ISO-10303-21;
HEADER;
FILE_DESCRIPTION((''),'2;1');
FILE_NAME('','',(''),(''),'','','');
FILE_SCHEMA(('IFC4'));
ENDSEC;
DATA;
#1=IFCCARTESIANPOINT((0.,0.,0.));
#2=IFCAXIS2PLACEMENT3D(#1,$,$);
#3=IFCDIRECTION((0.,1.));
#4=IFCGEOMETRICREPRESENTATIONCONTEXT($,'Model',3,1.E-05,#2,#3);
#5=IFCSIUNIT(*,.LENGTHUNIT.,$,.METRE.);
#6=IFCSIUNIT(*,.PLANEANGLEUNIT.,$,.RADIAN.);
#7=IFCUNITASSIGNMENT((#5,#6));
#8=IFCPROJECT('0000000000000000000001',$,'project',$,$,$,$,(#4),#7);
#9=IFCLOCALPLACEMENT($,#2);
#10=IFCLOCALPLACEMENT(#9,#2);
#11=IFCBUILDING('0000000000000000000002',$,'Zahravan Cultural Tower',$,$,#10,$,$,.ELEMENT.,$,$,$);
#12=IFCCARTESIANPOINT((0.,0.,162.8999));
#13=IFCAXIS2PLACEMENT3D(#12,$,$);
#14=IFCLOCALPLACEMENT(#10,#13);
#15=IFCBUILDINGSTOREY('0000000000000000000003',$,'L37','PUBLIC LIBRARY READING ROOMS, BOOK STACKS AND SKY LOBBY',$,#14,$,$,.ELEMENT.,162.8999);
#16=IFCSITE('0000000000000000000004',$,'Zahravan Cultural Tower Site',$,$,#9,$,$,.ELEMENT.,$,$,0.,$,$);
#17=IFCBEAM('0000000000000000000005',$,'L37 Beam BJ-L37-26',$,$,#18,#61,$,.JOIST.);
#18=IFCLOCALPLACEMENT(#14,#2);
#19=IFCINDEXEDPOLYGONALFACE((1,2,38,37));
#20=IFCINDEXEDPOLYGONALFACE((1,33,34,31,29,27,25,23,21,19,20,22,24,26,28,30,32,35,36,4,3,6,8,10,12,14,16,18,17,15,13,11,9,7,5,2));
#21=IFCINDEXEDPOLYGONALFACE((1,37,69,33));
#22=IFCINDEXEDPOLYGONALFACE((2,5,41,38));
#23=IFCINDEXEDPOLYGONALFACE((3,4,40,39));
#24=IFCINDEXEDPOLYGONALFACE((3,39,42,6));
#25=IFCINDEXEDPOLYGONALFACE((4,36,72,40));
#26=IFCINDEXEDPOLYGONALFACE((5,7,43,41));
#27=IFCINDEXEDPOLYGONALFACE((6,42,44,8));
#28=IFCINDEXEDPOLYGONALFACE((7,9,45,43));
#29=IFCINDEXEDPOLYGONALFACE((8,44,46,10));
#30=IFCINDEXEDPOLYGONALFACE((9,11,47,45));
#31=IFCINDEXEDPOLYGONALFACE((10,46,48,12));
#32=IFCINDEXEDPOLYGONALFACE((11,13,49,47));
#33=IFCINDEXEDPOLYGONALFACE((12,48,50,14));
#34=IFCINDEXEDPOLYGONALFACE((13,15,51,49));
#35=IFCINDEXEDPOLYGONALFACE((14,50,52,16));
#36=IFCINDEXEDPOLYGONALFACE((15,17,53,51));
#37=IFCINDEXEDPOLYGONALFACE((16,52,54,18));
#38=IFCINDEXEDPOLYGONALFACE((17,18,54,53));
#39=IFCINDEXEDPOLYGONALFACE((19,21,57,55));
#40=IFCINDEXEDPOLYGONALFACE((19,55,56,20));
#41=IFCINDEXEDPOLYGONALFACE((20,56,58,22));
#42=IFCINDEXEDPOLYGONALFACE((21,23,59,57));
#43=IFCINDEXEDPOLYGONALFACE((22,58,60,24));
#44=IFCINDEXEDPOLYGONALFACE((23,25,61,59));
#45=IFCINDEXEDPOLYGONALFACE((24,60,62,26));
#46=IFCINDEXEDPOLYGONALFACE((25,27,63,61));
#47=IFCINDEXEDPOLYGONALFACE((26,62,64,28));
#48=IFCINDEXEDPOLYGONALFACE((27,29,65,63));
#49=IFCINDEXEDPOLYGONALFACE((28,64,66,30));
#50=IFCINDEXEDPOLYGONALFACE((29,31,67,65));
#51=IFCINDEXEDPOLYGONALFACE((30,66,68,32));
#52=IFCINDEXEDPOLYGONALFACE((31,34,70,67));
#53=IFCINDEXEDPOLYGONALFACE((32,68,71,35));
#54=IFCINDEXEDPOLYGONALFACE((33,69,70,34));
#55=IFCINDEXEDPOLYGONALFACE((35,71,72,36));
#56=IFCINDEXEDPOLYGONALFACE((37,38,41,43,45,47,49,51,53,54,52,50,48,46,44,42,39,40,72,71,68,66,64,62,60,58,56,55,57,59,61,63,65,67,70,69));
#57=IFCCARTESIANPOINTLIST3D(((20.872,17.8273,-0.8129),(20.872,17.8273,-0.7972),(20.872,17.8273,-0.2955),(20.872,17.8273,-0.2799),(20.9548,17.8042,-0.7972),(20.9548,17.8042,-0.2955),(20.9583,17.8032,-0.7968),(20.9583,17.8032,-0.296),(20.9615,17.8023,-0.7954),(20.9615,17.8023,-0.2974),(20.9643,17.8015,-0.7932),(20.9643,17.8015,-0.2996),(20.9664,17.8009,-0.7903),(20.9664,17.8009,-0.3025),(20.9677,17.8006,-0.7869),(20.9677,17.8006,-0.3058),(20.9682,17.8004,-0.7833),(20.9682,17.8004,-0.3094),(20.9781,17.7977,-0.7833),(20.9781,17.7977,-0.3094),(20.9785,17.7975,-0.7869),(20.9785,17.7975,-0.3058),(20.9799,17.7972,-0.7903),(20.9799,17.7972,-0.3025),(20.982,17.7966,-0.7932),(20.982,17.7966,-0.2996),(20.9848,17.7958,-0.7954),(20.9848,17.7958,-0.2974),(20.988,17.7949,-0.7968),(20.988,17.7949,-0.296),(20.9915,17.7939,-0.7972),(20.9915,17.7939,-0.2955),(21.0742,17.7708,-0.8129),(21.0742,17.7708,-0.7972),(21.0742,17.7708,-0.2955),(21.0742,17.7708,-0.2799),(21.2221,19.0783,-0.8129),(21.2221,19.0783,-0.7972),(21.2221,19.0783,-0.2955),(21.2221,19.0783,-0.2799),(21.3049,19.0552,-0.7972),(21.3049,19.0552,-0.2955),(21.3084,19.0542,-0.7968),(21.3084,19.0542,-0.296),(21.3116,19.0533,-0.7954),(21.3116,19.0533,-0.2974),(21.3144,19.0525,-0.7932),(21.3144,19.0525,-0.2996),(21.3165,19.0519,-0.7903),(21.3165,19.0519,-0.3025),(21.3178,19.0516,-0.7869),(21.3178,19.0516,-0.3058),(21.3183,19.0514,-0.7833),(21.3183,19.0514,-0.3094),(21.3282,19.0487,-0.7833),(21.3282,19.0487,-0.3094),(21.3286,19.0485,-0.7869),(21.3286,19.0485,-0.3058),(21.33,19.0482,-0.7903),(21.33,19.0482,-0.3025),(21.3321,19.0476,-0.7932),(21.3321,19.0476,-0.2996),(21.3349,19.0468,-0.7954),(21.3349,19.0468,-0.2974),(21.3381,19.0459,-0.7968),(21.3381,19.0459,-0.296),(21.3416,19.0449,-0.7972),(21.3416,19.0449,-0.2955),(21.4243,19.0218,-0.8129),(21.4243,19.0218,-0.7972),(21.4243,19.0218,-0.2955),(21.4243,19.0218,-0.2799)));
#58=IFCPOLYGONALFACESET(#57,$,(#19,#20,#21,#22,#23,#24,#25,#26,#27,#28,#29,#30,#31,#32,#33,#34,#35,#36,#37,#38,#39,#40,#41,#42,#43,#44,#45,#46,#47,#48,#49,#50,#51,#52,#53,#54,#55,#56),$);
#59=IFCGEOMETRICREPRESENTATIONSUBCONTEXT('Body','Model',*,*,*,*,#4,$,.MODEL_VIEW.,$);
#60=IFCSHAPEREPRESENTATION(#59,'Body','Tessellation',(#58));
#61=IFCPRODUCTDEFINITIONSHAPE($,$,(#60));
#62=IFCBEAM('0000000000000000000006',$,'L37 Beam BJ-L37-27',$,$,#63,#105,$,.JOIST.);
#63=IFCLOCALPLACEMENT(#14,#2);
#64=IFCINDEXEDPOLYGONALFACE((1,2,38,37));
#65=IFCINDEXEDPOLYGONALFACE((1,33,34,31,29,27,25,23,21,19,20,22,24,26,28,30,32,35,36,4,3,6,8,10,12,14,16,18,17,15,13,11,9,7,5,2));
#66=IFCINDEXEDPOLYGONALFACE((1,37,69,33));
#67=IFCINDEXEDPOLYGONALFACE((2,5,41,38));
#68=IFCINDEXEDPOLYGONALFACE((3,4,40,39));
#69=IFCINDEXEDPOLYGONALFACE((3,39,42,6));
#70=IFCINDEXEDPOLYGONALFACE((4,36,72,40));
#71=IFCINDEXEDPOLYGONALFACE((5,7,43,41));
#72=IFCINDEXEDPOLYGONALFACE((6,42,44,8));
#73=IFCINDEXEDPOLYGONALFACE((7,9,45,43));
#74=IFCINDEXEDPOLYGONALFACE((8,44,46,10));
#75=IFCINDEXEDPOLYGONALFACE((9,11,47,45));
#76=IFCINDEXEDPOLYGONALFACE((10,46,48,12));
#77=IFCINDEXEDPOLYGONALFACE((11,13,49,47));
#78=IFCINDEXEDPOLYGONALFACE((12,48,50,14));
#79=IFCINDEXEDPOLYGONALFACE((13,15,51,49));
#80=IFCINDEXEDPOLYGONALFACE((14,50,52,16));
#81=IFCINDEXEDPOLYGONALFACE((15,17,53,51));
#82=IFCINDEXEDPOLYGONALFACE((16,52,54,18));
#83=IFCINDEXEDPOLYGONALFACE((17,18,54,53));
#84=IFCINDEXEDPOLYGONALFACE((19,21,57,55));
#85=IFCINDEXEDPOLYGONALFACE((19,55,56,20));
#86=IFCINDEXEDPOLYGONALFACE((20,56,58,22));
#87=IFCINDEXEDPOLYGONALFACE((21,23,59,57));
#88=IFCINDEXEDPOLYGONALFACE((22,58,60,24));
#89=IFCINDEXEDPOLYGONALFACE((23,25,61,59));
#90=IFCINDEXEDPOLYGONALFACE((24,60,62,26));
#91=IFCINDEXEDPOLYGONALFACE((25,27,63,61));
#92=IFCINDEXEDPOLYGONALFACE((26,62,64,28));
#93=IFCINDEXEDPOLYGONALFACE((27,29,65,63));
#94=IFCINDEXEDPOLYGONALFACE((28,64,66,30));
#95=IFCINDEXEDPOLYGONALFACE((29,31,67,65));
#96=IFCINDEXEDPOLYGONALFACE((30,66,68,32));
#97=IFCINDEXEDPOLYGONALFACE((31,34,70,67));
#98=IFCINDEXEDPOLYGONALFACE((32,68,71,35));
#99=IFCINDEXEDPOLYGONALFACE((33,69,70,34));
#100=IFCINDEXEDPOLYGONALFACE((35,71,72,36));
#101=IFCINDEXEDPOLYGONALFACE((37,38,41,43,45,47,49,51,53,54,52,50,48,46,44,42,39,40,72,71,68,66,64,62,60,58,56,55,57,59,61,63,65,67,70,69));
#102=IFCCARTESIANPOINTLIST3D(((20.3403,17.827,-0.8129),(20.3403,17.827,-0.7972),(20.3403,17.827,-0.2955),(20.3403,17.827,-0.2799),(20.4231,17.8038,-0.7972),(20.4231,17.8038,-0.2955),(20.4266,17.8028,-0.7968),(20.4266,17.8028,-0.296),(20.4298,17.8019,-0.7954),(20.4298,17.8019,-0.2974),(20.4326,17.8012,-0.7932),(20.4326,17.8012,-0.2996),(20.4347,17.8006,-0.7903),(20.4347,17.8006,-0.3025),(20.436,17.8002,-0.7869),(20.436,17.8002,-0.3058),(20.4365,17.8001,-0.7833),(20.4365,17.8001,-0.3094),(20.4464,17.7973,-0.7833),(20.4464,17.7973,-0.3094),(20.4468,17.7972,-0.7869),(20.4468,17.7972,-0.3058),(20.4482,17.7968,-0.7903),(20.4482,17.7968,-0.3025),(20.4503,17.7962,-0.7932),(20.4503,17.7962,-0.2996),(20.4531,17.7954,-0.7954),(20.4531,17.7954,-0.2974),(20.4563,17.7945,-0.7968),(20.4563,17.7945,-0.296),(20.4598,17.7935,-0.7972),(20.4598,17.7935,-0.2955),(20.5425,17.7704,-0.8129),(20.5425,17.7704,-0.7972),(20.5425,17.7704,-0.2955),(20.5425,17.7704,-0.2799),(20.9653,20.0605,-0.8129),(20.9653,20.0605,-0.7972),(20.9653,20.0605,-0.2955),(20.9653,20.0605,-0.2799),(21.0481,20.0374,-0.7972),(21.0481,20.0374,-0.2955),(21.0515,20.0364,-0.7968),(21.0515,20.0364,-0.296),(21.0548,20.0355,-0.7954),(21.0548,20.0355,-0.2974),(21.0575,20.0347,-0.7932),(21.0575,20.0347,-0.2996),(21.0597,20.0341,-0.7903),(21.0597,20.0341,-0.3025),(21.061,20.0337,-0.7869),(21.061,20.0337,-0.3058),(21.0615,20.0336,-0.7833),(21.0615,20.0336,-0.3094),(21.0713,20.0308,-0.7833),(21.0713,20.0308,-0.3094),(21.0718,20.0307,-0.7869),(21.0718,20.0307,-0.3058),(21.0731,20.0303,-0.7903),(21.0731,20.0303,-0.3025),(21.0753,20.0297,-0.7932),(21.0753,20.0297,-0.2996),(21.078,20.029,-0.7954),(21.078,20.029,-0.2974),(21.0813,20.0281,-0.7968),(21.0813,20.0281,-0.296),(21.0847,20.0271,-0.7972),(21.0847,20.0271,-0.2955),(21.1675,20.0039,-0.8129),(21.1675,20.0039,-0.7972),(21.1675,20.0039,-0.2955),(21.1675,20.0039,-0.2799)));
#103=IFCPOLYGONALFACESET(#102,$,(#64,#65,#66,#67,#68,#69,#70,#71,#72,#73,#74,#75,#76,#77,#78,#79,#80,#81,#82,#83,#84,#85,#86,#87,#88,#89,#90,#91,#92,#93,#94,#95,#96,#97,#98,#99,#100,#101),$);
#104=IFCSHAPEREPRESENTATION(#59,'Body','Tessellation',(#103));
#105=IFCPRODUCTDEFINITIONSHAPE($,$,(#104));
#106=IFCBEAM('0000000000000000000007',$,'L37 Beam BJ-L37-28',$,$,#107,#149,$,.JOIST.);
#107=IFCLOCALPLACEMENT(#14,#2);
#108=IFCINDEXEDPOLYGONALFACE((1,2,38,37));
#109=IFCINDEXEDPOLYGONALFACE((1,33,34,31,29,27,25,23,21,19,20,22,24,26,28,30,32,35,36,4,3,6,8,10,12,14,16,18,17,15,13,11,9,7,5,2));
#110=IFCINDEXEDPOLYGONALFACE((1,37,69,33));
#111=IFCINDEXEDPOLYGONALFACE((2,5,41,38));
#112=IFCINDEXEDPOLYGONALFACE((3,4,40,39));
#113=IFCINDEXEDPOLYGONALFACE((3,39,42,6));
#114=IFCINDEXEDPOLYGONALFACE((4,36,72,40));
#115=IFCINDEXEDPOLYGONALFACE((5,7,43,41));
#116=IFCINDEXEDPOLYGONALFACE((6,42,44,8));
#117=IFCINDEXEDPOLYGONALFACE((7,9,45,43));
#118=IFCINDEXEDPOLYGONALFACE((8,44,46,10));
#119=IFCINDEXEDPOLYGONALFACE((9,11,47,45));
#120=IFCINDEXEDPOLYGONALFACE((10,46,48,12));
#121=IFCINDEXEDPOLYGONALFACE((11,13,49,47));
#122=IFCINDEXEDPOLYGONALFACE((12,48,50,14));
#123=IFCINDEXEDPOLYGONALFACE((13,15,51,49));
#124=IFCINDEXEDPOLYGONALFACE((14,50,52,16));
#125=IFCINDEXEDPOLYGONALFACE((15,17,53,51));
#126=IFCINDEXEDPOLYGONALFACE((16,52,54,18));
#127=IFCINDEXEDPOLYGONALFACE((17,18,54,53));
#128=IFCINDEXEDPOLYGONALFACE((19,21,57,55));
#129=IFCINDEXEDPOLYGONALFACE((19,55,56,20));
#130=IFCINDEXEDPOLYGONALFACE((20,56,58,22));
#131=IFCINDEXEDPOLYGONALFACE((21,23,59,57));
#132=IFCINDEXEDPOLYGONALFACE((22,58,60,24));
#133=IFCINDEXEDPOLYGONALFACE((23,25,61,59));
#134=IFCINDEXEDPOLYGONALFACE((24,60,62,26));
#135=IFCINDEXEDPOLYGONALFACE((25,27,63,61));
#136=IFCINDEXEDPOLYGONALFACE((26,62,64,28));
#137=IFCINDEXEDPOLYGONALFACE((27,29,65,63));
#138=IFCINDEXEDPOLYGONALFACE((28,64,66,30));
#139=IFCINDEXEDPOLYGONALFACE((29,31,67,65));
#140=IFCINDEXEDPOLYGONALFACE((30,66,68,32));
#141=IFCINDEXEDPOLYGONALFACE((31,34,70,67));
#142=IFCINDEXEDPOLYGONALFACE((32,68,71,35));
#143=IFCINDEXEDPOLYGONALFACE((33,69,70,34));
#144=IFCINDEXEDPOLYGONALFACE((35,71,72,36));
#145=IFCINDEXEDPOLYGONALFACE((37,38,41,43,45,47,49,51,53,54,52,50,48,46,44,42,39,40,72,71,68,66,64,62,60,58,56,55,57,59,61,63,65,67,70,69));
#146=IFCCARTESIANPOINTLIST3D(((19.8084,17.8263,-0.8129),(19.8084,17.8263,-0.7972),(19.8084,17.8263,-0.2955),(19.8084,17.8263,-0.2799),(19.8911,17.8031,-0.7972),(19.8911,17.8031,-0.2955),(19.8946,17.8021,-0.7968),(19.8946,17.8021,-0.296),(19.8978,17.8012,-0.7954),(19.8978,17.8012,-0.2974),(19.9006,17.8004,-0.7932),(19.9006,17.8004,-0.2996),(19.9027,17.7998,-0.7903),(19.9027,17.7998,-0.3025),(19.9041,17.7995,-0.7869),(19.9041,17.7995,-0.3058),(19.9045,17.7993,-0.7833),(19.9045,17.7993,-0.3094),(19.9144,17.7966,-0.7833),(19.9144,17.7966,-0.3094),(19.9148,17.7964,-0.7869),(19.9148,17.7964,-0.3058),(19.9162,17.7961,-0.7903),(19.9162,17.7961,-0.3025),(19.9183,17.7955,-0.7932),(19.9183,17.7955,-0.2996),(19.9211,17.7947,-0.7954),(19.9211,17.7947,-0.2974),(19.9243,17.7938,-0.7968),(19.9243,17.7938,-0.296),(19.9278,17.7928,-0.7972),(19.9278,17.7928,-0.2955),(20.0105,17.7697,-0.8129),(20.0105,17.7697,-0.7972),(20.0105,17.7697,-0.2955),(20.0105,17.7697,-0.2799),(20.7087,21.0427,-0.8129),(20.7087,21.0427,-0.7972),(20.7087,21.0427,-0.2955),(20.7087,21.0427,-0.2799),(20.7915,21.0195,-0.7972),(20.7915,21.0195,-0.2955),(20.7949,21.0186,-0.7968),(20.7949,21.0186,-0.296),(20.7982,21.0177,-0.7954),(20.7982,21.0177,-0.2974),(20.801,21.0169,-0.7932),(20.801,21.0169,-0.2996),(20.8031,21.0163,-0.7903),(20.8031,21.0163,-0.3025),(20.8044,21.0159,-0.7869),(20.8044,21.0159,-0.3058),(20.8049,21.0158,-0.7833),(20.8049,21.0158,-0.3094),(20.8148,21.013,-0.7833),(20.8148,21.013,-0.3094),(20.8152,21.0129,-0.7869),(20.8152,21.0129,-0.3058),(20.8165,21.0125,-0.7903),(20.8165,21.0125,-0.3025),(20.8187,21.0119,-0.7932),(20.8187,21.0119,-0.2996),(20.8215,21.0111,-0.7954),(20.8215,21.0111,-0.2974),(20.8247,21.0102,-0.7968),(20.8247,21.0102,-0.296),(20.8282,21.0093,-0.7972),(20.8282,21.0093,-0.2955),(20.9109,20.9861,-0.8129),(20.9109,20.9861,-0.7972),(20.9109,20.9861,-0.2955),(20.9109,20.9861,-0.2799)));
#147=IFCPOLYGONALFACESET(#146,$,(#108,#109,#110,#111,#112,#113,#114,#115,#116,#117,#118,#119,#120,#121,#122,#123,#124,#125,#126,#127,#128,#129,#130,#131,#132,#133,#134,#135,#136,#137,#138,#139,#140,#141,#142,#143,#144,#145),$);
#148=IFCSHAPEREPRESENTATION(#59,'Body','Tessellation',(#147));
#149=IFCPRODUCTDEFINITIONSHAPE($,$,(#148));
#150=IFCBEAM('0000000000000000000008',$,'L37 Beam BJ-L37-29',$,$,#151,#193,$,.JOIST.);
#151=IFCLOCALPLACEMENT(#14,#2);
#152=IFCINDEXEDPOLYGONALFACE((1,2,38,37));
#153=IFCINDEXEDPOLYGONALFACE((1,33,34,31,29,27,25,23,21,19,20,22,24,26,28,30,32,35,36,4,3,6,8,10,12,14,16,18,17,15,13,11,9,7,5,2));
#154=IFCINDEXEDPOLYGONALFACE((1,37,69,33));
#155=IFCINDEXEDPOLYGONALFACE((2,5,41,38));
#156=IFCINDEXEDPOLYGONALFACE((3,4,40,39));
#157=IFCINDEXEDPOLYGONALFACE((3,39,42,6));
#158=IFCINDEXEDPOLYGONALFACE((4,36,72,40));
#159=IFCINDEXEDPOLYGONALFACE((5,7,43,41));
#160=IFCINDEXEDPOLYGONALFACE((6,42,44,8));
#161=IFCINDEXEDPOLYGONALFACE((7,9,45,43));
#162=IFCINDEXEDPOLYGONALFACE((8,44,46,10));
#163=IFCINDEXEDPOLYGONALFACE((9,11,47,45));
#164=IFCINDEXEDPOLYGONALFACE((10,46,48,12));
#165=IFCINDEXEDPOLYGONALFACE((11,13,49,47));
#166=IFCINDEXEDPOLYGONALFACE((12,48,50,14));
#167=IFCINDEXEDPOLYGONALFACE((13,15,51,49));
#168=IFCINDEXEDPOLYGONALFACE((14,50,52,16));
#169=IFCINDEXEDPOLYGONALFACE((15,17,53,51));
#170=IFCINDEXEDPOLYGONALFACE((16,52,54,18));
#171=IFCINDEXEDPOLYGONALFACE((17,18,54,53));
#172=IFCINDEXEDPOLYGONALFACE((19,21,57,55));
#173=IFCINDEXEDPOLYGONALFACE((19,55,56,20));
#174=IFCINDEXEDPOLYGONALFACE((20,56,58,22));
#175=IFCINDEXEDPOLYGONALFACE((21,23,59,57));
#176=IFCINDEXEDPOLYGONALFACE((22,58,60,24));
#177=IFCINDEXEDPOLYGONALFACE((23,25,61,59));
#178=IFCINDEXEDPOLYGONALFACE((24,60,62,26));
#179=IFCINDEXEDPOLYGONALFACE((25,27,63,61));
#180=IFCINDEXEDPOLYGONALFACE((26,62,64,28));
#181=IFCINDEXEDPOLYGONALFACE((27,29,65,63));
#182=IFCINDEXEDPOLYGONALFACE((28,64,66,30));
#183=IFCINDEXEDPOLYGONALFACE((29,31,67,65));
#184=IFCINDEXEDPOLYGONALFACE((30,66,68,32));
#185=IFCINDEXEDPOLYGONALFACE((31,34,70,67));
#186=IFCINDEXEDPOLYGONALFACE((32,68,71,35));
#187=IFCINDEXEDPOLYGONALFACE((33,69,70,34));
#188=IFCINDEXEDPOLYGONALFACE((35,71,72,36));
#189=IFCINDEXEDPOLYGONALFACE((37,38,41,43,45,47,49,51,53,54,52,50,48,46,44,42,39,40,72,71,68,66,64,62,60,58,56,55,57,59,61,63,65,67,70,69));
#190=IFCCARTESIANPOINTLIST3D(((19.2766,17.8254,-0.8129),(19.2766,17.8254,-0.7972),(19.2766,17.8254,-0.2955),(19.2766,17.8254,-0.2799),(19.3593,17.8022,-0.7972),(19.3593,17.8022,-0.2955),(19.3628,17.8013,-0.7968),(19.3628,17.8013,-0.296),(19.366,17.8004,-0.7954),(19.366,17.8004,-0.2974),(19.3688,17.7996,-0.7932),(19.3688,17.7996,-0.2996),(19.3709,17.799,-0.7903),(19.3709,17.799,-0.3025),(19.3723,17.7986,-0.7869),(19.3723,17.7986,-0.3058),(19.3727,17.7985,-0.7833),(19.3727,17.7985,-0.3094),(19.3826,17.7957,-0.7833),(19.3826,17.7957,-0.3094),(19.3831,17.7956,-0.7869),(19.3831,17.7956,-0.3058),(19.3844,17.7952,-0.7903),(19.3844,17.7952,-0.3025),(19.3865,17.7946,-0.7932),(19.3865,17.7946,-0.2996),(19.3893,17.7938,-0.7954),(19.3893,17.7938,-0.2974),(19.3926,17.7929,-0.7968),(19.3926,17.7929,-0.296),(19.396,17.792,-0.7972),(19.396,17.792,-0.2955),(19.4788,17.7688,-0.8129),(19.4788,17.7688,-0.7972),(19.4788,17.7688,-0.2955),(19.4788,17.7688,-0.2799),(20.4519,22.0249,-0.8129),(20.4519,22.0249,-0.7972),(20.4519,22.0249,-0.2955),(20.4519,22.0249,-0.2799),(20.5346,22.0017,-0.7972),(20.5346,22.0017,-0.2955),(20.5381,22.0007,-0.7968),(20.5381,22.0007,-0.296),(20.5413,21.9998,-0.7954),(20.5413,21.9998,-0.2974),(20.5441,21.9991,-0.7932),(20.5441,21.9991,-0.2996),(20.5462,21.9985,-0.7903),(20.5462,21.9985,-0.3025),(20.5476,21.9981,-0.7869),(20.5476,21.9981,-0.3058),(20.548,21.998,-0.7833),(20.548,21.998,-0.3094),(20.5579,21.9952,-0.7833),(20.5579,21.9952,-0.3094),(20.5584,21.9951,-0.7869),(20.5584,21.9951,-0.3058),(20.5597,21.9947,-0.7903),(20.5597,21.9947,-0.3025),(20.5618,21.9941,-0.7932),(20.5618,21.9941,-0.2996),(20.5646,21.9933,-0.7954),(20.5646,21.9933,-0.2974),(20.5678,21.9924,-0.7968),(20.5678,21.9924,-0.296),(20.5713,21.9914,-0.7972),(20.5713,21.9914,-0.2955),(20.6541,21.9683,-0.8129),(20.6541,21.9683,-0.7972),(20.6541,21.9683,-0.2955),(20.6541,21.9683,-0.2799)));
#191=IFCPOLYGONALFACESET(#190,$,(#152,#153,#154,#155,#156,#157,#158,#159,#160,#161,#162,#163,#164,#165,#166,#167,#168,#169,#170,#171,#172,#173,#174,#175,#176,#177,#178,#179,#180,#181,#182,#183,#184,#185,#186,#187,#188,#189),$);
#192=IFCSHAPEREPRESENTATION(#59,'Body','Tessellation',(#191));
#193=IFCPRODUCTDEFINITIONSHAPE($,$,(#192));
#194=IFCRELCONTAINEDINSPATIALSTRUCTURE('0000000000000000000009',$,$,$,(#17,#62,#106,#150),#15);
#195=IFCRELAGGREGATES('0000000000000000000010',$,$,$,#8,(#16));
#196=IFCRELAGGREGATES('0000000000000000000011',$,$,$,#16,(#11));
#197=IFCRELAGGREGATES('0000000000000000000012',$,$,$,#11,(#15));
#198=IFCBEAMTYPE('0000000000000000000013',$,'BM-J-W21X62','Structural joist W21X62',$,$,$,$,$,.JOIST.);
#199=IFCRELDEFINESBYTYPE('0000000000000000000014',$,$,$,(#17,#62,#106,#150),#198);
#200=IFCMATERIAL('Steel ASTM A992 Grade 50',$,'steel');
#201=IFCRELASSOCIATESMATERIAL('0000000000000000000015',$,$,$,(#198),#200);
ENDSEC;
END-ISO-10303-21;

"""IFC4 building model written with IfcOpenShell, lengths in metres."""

from ifc_helpers import new_model, si_unit, direction, frame, origin, origin_2d, place, context, subcontext, project, spatial, i_section, extrude, source, transform, mapped, material, material_profile, profile_set, type_object, element, save


model = new_model("IFC4")

# Units and contexts
model_context = context("Model", 3, precision=1e-05, world=origin(), true_north=direction((0.0, 1.0)))
body_context = subcontext(model_context, "Body", "Model", "MODEL_VIEW")
ifc_project = project(units=[si_unit("LENGTHUNIT", "METRE"), si_unit("PLANEANGLEUNIT", "RADIAN")], contexts=[model_context])

# Site, building, storey
site_placement = place(None, origin())
site = spatial("IfcSite", under=ifc_project, at=site_placement, Name="Zahravan Cultural Tower Site", CompositionType="ELEMENT", RefElevation=0.0)
building_placement = place(site_placement, origin())
building = spatial("IfcBuilding", under=site, at=building_placement, Name="Zahravan Cultural Tower", CompositionType="ELEMENT")
storey_placement = place(building_placement, frame((0.0, 0.0, 162.8999)))
storey = spatial("IfcBuildingStorey", under=building, at=storey_placement, Name="L37", Description="PUBLIC LIBRARY READING ROOMS, BOOK STACKS AND SKY LOBBY", CompositionType="ELEMENT", Elevation=162.8999)

# Shared definitions
ifc_material_1 = material(Name="Steel ASTM A992 Grade 50", Category="steel")

# Beams
ifc_material_profile_1 = material_profile(ifc_material_1, i_section(OverallWidth=0.21, OverallDepth=0.533, WebThickness=0.0103, FlangeThickness=0.0156, FilletRadius=0.0139, at=origin_2d()), Name="W21X62")
ifc_profile_set_1 = profile_set([ifc_material_profile_1], Name="Steel ASTM A992 Grade 50")
beam_type_1 = type_object("IfcBeamType", Name="BM-J-W21X62", Description="Structural joist W21X62", PredefinedType="JOIST", material=ifc_profile_set_1)
shared_shape_1 = source(origin(), body_context, "Body", "SweptSolid", [
    extrude(i_section(OverallWidth=0.21, OverallDepth=0.533, WebThickness=0.0103, FlangeThickness=0.0156, FilletRadius=0.0139, at=origin_2d()), origin(), (0.0, 0.0, 1.0), 1.2991),
])
beam_1_placement = place(storey_placement, frame((21.3232, 19.05, -0.5464), z_axis=(-0.269504, -0.962999, 0.0), x_axis=(0.962999, -0.269504, 0.0)))
element("IfcBeam", 1, at=beam_1_placement, inside=storey, type_object=beam_type_1, Name="L37 Beam BJ-L37-26", PredefinedType="JOIST", context=body_context, shape_type="MappedRepresentation", body=[
    mapped(shared_shape_1, transform((0.0, 0.0, 0.0), x_axis=(1.0, 0.0, 0.0), y_axis=(0.0, 1.0, 0.0), z_axis=(0.0, 0.0, 1.0), scale=1.0)),
])
shared_shape_2 = source(origin(), body_context, "Body", "SweptSolid", [
    extrude(i_section(OverallWidth=0.21, OverallDepth=0.533, WebThickness=0.0103, FlangeThickness=0.0156, FilletRadius=0.0139, at=origin_2d()), origin(), (0.0, 0.0, 1.0), 2.3193),
])
beam_2_placement = place(storey_placement, frame((21.0664, 20.0322, -0.5464), z_axis=(-0.269462, -0.963011, 0.0), x_axis=(0.963011, -0.269462, 0.0)))
element("IfcBeam", 2, at=beam_2_placement, inside=storey, type_object=beam_type_1, Name="L37 Beam BJ-L37-27", PredefinedType="JOIST", context=body_context, shape_type="MappedRepresentation", body=[
    mapped(shared_shape_2, transform((0.0, 0.0, 0.0), x_axis=(1.0, 0.0, 0.0), y_axis=(0.0, 1.0, 0.0), z_axis=(0.0, 0.0, 1.0), scale=1.0)),
])
shared_shape_3 = source(origin(), body_context, "Body", "SweptSolid", [
    extrude(i_section(OverallWidth=0.21, OverallDepth=0.533, WebThickness=0.0103, FlangeThickness=0.0156, FilletRadius=0.0139, at=origin_2d()), origin(), (0.0, 0.0, 1.0), 3.3401),
])
beam_3_placement = place(storey_placement, frame((20.8098, 21.0144, -0.5464), z_axis=(-0.269562, -0.962983, 0.0), x_axis=(0.962983, -0.269562, 0.0)))
element("IfcBeam", 3, at=beam_3_placement, inside=storey, type_object=beam_type_1, Name="L37 Beam BJ-L37-28", PredefinedType="JOIST", context=body_context, shape_type="MappedRepresentation", body=[
    mapped(shared_shape_3, transform((0.0, 0.0, 0.0), x_axis=(1.0, 0.0, 0.0), y_axis=(0.0, 1.0, 0.0), z_axis=(0.0, 0.0, 1.0), scale=1.0)),
])
shared_shape_4 = source(origin(), body_context, "Body", "SweptSolid", [
    extrude(i_section(OverallWidth=0.21, OverallDepth=0.533, WebThickness=0.0103, FlangeThickness=0.0156, FilletRadius=0.0139, at=origin_2d()), origin(), (0.0, 0.0, 1.0), 4.3608),
])
beam_4_placement = place(storey_placement, frame((20.553, 21.9966, -0.5464), z_axis=(-0.269512, -0.962997, 0.0), x_axis=(0.962997, -0.269512, 0.0)))
element("IfcBeam", 4, at=beam_4_placement, inside=storey, type_object=beam_type_1, Name="L37 Beam BJ-L37-29", PredefinedType="JOIST", context=body_context, shape_type="MappedRepresentation", body=[
    mapped(shared_shape_4, transform((0.0, 0.0, 0.0), x_axis=(1.0, 0.0, 0.0), y_axis=(0.0, 1.0, 0.0), z_axis=(0.0, 0.0, 1.0), scale=1.0)),
])

save(model, "model.ifc")
